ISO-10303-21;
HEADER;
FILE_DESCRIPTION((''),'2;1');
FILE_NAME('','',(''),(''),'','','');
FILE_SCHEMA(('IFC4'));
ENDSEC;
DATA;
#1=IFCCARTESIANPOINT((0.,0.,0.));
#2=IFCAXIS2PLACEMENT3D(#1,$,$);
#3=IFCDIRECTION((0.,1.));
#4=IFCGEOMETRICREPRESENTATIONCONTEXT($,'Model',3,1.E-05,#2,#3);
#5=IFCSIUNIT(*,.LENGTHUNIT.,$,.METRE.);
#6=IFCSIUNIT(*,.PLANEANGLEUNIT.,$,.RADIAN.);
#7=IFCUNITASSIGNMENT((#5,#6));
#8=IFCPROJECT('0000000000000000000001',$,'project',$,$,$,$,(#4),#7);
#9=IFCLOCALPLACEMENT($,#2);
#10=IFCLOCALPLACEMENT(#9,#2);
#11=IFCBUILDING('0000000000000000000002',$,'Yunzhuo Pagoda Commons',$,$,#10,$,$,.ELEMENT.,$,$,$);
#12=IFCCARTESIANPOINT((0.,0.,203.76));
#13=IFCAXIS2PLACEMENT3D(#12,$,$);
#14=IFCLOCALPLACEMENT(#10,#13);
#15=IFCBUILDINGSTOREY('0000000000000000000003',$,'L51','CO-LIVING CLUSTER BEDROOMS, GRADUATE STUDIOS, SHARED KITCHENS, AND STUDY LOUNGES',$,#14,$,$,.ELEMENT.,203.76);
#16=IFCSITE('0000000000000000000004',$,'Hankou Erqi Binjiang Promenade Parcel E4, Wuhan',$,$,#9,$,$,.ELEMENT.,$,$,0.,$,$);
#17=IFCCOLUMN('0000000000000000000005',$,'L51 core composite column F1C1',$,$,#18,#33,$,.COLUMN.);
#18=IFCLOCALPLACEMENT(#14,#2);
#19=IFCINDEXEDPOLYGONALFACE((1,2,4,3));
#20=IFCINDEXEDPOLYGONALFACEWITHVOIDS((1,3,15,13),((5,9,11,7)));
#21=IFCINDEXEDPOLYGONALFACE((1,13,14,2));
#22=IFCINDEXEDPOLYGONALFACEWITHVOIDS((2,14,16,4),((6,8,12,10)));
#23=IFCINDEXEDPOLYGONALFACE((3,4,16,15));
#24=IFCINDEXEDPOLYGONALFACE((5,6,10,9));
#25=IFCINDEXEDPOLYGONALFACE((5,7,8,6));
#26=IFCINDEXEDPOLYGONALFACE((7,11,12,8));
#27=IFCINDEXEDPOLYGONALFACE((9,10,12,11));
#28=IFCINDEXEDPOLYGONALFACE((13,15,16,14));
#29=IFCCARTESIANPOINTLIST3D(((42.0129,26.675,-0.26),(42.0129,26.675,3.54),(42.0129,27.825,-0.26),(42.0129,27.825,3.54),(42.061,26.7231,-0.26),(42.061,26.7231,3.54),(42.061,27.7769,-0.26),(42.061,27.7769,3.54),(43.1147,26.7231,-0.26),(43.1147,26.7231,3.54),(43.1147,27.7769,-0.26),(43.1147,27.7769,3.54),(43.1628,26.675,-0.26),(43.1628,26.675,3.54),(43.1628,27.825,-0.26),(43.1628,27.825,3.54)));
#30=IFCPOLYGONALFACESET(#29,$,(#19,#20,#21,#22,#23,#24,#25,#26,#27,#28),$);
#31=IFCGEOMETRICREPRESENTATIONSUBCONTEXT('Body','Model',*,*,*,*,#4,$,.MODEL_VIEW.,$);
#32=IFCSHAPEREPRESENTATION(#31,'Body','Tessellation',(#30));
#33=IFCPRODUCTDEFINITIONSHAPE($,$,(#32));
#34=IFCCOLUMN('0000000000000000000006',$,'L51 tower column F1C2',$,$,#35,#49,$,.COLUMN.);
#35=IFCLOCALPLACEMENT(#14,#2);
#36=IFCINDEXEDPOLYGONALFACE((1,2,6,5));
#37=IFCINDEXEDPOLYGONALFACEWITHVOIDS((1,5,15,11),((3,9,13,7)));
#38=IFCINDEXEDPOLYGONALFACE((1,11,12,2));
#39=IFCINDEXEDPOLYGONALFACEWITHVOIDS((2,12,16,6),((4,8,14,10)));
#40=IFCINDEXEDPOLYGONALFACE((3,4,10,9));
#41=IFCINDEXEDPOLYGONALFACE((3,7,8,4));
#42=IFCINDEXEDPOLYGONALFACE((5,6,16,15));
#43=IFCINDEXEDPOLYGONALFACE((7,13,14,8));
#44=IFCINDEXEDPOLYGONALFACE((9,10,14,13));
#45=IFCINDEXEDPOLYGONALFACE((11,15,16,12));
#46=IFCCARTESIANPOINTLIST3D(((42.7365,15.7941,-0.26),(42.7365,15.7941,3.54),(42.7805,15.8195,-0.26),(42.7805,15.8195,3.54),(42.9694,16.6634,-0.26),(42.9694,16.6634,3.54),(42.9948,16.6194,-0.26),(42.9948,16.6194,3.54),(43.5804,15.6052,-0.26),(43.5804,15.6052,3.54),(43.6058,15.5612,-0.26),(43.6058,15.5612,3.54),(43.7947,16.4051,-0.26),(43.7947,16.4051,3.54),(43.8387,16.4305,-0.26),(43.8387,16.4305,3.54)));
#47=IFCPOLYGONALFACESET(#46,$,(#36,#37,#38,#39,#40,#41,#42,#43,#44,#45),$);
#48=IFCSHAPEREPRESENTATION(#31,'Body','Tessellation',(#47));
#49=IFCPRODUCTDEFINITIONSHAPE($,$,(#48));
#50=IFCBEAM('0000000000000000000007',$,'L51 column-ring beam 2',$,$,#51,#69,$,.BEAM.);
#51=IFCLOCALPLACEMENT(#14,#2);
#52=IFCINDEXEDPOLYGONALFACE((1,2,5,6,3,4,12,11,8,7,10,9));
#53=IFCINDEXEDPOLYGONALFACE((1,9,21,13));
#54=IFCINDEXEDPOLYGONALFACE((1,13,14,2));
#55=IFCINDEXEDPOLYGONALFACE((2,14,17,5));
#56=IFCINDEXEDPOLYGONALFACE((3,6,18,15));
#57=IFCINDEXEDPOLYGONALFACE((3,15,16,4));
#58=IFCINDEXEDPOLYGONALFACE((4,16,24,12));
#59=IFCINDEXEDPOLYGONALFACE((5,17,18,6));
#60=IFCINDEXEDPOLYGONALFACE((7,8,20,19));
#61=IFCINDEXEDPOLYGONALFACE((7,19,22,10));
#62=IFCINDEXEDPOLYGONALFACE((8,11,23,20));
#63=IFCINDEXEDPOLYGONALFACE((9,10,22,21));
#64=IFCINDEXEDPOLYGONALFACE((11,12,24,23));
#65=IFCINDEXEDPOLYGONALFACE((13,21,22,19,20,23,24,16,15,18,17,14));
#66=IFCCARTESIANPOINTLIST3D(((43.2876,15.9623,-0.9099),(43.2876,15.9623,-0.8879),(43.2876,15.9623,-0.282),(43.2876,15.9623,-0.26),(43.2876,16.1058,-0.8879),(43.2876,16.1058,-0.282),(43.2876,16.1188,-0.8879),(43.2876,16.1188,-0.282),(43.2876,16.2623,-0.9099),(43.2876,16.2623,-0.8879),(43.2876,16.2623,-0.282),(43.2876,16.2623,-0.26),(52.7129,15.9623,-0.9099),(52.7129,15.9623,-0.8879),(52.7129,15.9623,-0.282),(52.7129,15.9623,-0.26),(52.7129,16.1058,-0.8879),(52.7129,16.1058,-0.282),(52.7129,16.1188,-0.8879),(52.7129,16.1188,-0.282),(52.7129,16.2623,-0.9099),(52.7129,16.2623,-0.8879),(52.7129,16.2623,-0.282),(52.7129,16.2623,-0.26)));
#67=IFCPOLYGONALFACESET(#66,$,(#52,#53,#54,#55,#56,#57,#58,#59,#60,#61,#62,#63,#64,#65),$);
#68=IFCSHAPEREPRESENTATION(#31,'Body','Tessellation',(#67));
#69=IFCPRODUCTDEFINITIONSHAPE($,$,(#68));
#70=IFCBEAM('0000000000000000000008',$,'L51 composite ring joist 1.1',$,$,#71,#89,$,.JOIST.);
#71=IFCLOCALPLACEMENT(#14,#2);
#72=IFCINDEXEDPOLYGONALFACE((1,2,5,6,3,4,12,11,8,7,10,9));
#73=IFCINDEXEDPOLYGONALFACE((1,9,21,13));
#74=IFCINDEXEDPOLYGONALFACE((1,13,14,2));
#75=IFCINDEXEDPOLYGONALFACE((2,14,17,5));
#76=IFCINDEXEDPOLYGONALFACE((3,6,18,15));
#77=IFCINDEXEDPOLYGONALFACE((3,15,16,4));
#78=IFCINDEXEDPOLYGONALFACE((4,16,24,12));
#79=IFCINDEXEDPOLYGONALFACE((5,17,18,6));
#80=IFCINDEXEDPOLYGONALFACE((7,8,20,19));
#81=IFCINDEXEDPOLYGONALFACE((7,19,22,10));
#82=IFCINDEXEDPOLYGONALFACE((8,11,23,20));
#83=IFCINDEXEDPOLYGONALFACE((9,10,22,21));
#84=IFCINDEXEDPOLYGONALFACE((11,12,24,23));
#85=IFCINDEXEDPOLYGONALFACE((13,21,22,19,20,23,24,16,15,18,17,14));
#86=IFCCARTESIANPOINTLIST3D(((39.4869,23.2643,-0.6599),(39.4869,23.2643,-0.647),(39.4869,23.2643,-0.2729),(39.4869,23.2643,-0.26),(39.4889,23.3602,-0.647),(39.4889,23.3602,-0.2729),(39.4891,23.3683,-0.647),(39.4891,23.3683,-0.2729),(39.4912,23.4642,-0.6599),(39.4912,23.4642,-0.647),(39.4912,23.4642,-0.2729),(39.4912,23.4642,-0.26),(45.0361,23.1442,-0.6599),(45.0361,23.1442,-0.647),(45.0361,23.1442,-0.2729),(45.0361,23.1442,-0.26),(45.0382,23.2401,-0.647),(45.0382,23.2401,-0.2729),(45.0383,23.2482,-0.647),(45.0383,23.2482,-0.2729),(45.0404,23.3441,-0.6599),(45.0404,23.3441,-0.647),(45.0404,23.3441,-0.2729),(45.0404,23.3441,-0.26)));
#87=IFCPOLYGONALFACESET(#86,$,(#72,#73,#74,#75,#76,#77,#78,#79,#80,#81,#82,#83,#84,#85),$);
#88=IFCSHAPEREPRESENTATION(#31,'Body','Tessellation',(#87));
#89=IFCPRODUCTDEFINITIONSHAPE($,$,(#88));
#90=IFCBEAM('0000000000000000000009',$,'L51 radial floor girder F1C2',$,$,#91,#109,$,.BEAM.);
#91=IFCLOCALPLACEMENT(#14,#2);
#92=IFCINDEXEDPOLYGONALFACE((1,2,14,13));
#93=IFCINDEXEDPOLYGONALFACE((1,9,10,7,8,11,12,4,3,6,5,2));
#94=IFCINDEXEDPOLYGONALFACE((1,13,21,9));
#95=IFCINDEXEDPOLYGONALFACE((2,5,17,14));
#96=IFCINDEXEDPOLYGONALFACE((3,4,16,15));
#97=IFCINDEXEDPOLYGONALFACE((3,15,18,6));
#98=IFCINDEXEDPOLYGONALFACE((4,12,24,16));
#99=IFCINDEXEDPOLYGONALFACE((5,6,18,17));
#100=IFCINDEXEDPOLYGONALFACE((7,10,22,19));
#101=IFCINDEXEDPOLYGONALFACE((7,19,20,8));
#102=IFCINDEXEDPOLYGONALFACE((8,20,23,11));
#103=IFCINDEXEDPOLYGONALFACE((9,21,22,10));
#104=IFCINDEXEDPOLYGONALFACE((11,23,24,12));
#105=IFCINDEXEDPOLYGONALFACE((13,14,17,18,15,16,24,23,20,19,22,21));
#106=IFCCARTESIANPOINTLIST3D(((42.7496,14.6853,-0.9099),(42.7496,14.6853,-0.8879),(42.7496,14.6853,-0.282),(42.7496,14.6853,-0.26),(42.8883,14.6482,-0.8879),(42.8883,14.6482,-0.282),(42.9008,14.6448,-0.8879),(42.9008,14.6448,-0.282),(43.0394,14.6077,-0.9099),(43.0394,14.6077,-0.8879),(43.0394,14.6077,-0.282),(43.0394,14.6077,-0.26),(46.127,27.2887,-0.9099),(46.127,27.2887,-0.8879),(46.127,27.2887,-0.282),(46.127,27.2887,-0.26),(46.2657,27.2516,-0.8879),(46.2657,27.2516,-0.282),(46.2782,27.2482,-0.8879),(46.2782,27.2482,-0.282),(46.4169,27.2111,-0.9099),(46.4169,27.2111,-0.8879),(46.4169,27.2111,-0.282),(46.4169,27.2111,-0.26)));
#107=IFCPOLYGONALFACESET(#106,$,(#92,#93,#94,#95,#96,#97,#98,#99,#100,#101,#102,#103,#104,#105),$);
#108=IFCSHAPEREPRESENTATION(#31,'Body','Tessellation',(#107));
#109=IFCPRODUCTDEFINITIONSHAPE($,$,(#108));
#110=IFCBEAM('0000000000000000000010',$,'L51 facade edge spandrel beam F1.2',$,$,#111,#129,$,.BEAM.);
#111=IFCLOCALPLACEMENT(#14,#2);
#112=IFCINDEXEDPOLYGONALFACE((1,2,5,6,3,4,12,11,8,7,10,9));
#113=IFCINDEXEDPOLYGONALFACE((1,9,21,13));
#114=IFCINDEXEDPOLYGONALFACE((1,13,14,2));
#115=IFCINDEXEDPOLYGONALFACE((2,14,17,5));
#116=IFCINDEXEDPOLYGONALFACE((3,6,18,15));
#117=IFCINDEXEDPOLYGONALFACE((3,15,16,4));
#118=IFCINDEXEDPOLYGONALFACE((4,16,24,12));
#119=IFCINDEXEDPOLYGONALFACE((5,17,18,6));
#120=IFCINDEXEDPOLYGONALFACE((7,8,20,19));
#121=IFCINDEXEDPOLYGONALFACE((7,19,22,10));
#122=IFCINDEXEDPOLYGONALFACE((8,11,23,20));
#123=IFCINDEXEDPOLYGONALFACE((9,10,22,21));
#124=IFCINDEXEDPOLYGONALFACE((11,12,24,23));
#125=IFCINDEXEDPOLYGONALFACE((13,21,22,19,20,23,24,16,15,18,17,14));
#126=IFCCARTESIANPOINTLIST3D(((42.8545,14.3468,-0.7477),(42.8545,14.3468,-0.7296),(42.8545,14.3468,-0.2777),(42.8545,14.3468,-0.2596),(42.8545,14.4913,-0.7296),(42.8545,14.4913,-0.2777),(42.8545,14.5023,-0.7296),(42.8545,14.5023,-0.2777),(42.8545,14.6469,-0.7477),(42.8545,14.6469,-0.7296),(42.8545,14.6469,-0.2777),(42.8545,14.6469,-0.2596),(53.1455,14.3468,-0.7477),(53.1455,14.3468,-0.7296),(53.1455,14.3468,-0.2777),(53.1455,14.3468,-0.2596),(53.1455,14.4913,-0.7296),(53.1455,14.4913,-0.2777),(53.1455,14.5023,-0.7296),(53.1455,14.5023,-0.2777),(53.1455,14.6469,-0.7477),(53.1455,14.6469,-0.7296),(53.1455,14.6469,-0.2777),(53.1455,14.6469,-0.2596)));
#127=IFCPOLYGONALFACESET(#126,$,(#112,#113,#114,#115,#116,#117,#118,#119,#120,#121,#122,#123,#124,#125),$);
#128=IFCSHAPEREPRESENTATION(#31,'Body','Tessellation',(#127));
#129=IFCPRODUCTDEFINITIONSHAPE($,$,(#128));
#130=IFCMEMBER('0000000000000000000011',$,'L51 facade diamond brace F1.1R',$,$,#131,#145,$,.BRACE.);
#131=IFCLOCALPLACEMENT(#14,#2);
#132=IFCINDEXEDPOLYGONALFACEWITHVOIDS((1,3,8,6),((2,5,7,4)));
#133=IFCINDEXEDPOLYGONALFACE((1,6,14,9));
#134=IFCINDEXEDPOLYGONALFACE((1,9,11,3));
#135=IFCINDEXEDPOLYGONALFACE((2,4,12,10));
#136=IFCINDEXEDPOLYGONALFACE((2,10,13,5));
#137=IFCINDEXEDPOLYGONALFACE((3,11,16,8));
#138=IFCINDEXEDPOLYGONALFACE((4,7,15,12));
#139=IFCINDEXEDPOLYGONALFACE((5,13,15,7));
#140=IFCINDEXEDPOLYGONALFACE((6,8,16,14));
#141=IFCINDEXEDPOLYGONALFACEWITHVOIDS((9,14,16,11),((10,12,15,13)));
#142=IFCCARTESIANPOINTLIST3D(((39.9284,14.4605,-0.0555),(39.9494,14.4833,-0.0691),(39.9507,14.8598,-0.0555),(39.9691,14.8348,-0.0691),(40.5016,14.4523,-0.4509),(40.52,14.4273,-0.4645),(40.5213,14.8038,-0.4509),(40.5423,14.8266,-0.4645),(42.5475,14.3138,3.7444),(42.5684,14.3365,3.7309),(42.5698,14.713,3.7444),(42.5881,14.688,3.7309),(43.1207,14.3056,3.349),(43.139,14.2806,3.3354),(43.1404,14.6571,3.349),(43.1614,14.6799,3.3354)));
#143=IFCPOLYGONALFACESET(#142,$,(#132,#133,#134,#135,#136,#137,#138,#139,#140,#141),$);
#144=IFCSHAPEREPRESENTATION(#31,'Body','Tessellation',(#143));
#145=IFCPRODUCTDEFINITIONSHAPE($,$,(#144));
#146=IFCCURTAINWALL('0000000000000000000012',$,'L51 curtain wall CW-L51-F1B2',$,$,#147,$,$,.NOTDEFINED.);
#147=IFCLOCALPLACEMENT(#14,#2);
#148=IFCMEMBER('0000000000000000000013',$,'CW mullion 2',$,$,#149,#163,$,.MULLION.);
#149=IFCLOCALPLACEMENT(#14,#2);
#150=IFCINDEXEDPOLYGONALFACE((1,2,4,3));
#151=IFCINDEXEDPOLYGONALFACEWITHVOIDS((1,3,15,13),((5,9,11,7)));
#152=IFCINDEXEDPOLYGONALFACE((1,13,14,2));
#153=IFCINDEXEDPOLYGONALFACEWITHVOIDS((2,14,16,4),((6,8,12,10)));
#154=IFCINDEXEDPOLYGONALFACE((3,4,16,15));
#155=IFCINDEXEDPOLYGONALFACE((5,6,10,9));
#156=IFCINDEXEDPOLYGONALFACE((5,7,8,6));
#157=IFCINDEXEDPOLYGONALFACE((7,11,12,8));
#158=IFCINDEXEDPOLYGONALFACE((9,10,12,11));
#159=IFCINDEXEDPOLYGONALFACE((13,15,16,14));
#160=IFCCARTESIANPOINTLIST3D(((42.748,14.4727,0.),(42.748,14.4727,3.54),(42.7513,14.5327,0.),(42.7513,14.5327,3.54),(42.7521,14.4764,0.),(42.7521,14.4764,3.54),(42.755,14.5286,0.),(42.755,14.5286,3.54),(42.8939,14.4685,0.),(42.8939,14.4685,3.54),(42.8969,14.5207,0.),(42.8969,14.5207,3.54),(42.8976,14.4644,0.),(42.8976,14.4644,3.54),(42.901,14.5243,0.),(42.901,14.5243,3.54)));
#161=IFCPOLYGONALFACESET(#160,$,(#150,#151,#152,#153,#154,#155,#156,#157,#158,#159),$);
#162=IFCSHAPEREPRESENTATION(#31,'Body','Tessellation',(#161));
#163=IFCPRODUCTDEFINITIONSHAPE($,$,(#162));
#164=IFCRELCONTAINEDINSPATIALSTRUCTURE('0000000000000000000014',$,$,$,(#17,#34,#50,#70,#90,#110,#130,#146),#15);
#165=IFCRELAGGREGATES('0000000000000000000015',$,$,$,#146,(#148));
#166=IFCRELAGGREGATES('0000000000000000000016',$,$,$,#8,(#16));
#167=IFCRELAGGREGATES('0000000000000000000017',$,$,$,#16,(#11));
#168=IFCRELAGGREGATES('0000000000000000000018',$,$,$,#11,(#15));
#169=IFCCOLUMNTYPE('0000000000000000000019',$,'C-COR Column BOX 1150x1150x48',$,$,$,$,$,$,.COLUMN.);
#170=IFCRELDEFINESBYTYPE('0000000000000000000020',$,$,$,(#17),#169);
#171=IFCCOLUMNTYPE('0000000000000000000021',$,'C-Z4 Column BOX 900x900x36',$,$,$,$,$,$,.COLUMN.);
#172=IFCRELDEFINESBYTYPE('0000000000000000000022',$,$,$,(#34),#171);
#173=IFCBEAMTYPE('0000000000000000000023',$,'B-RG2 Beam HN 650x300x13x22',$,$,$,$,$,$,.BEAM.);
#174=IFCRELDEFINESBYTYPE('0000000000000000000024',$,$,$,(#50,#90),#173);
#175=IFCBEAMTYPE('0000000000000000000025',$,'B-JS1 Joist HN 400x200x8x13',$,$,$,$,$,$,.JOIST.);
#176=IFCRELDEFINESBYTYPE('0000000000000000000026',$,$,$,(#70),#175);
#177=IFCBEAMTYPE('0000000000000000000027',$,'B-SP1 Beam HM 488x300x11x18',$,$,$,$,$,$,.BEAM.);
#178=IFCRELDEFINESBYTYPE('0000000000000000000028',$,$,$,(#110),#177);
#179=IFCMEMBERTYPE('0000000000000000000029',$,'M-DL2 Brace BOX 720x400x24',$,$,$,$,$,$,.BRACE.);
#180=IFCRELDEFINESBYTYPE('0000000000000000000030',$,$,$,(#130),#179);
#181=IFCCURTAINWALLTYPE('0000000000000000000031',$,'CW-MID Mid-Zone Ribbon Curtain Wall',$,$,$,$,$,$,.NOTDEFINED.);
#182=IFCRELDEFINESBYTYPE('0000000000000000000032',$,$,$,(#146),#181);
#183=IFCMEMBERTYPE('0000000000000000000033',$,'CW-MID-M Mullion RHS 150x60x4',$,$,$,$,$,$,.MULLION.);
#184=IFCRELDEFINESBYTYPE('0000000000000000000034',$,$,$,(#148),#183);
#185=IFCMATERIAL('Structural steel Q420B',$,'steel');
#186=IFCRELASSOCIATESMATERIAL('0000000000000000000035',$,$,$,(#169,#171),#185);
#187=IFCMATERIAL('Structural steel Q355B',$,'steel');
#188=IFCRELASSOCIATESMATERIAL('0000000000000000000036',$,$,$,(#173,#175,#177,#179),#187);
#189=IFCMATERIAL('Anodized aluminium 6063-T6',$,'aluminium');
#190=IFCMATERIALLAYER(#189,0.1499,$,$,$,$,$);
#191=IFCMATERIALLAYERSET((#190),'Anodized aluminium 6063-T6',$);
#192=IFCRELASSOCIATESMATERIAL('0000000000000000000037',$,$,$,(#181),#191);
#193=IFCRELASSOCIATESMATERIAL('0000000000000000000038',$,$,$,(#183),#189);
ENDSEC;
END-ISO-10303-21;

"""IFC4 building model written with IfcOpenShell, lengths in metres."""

from ifc_helpers import new_model, si_unit, direction, frame, origin, origin_2d, place, context, subcontext, project, spatial, hollow_rectangle, i_section, extrude, source, transform, mapped, material, layer, layer_set, material_profile, profile_set, type_object, element, aggregate, save


model = new_model("IFC4")

# Units and contexts
model_context = context("Model", 3, precision=1e-05, world=origin(), true_north=direction((0.0, 1.0)))
body_context = subcontext(model_context, "Body", "Model", "MODEL_VIEW")
ifc_project = project(units=[si_unit("LENGTHUNIT", "METRE"), si_unit("PLANEANGLEUNIT", "RADIAN")], contexts=[model_context])

# Site, building, storey
site_placement = place(None, origin())
site = spatial("IfcSite", under=ifc_project, at=site_placement, Name="Hankou Erqi Binjiang Promenade Parcel E4, Wuhan", CompositionType="ELEMENT", RefElevation=0.0)
building_placement = place(site_placement, origin())
building = spatial("IfcBuilding", under=site, at=building_placement, Name="Yunzhuo Pagoda Commons", CompositionType="ELEMENT")
storey_placement = place(building_placement, frame((0.0, 0.0, 203.76)))
storey = spatial("IfcBuildingStorey", under=building, at=storey_placement, Name="L51", Description="CO-LIVING CLUSTER BEDROOMS, GRADUATE STUDIOS, SHARED KITCHENS, AND STUDY LOUNGES", CompositionType="ELEMENT", Elevation=203.76)

# Columns
ifc_material_1 = material(Name="Structural steel Q420B", Category="steel")
ifc_material_profile_1 = material_profile(ifc_material_1, hollow_rectangle(XDim=1.1499, YDim=1.1499, WallThickness=0.0481, at=origin_2d()), Name="Structural steel Q420B")
ifc_profile_set_1 = profile_set([ifc_material_profile_1], Name="Structural steel Q420B")
column_type_1 = type_object("IfcColumnType", Name="C-COR Column BOX 1150x1150x48", PredefinedType="COLUMN", material=ifc_profile_set_1)
shared_shape_1 = source(origin(), body_context, "Body", "SweptSolid", [
    extrude(hollow_rectangle(XDim=1.1499, YDim=1.1499, WallThickness=0.0481, at=origin_2d()), origin(), (0.0, 0.0, 1.0), 3.8),
])
column_1_placement = place(storey_placement, frame((42.5879, 27.25, -0.26), z_axis=(0.0, 0.0, 1.0), x_axis=(1.0, 0.0, 0.0)))
element("IfcColumn", 1, at=column_1_placement, inside=storey, type_object=column_type_1, Name="L51 core composite column F1C1", PredefinedType="COLUMN", context=body_context, shape_type="MappedRepresentation", body=[
    mapped(shared_shape_1, transform((0.0, 0.0, 0.0), scale=1.0)),
])
ifc_material_profile_2 = material_profile(ifc_material_1, hollow_rectangle(XDim=0.8999, YDim=0.8999, WallThickness=0.0359, at=origin_2d()), Name="Structural steel Q420B")
ifc_profile_set_2 = profile_set([ifc_material_profile_2], Name="Structural steel Q420B")
column_type_2 = type_object("IfcColumnType", Name="C-Z4 Column BOX 900x900x36", PredefinedType="COLUMN", material=ifc_profile_set_2)
shared_shape_2 = source(origin(), body_context, "Body", "SweptSolid", [
    extrude(hollow_rectangle(XDim=0.8999, YDim=0.8999, WallThickness=0.0359, at=origin_2d()), origin(), (0.0, 0.0, 1.0), 3.8),
])
column_2_placement = place(storey_placement, frame((43.2876, 16.1123, -0.26), z_axis=(0.0, 0.0, 1.0), x_axis=(0.965926, -0.258819, 0.0)))
element("IfcColumn", 2, at=column_2_placement, inside=storey, type_object=column_type_2, Name="L51 tower column F1C2", PredefinedType="COLUMN", context=body_context, shape_type="MappedRepresentation", body=[
    mapped(shared_shape_2, transform((0.0, 0.0, 0.0), scale=1.0)),
])

# Beams
ifc_material_2 = material(Name="Structural steel Q355B", Category="steel")
ifc_material_profile_3 = material_profile(ifc_material_2, i_section(OverallWidth=0.3, OverallDepth=0.6499, WebThickness=0.0129, FlangeThickness=0.022, at=origin_2d()), Name="Structural steel Q355B")
ifc_profile_set_3 = profile_set([ifc_material_profile_3], Name="Structural steel Q355B")
beam_type_1 = type_object("IfcBeamType", Name="B-RG2 Beam HN 650x300x13x22", PredefinedType="BEAM", material=ifc_profile_set_3)
shared_shape_3 = source(origin(), body_context, "Body", "SweptSolid", [
    extrude(i_section(OverallWidth=0.3, OverallDepth=0.6499, WebThickness=0.0129, FlangeThickness=0.022, at=origin_2d()), origin(), (0.0, 0.0, 1.0), 9.4253),
])
beam_1_placement = place(storey_placement, frame((43.2876, 16.1123, -0.585), z_axis=(1.0, 0.0, 0.0), x_axis=(0.0, 1.0, 0.0)))
element("IfcBeam", 3, at=beam_1_placement, inside=storey, type_object=beam_type_1, Name="L51 column-ring beam 2", PredefinedType="BEAM", context=body_context, shape_type="MappedRepresentation", body=[
    mapped(shared_shape_3, transform((0.0, 0.0, 0.0), scale=1.0)),
])
ifc_material_profile_4 = material_profile(ifc_material_2, i_section(OverallWidth=0.2, OverallDepth=0.3999, WebThickness=0.0081, FlangeThickness=0.0129, at=origin_2d()), Name="Structural steel Q355B")
ifc_profile_set_4 = profile_set([ifc_material_profile_4], Name="Structural steel Q355B")
beam_type_2 = type_object("IfcBeamType", Name="B-JS1 Joist HN 400x200x8x13", PredefinedType="JOIST", material=ifc_profile_set_4)
shared_shape_4 = source(origin(), body_context, "Body", "SweptSolid", [
    extrude(i_section(OverallWidth=0.2, OverallDepth=0.3999, WebThickness=0.0081, FlangeThickness=0.0129, at=origin_2d()), origin(), (0.0, 0.0, 1.0), 5.5505),
])
beam_2_placement = place(storey_placement, frame((39.489, 23.3643, -0.46), z_axis=(0.999766, -0.02164, 0.0), x_axis=(0.02164, 0.999766, 0.0)))
element("IfcBeam", 4, at=beam_2_placement, inside=storey, type_object=beam_type_2, Name="L51 composite ring joist 1.1", PredefinedType="JOIST", context=body_context, shape_type="MappedRepresentation", body=[
    mapped(shared_shape_4, transform((0.0, 0.0, 0.0), scale=1.0)),
])
shared_shape_5 = source(origin(), body_context, "Body", "SweptSolid", [
    extrude(i_section(OverallWidth=0.3, OverallDepth=0.6499, WebThickness=0.0129, FlangeThickness=0.022, at=origin_2d()), origin(), (0.0, 0.0, 1.0), 13.0481),
])
beam_3_placement = place(storey_placement, frame((42.8945, 14.6465, -0.585), z_axis=(0.258843, 0.965919, 0.0), x_axis=(-0.965919, 0.258843, 0.0)))
element("IfcBeam", 5, at=beam_3_placement, inside=storey, type_object=beam_type_1, Name="L51 radial floor girder F1C2", PredefinedType="BEAM", context=body_context, shape_type="MappedRepresentation", body=[
    mapped(shared_shape_5, transform((0.0, 0.0, 0.0), scale=1.0)),
])
ifc_material_profile_5 = material_profile(ifc_material_2, i_section(OverallWidth=0.3, OverallDepth=0.488, WebThickness=0.011, FlangeThickness=0.0181, at=origin_2d()), Name="Structural steel Q355B")
ifc_profile_set_5 = profile_set([ifc_material_profile_5], Name="Structural steel Q355B")
beam_type_3 = type_object("IfcBeamType", Name="B-SP1 Beam HM 488x300x11x18", PredefinedType="BEAM", material=ifc_profile_set_5)
shared_shape_6 = source(origin(), body_context, "Body", "SweptSolid", [
    extrude(i_section(OverallWidth=0.3, OverallDepth=0.488, WebThickness=0.011, FlangeThickness=0.0181, at=origin_2d()), origin(), (0.0, 0.0, 1.0), 10.291),
])
beam_4_placement = place(storey_placement, frame((42.8545, 14.4968, -0.5037), z_axis=(1.0, 0.0, 0.0), x_axis=(0.0, 1.0, 0.0)))
element("IfcBeam", 6, at=beam_4_placement, inside=storey, type_object=beam_type_3, Name="L51 facade edge spandrel beam F1.2", PredefinedType="BEAM", context=body_context, shape_type="MappedRepresentation", body=[
    mapped(shared_shape_6, transform((0.0, 0.0, 0.0), scale=1.0)),
])

# Member
ifc_material_profile_6 = material_profile(ifc_material_2, hollow_rectangle(XDim=0.3999, YDim=0.72, WallThickness=0.0239, at=origin_2d()), Name="Structural steel Q355B")
ifc_profile_set_6 = profile_set([ifc_material_profile_6], Name="Structural steel Q355B")
member_type_1 = type_object("IfcMemberType", Name="M-DL2 Brace BOX 720x400x24", PredefinedType="BRACE", material=ifc_profile_set_6)
shared_shape_7 = source(origin(), body_context, "Body", "SweptSolid", [
    extrude(hollow_rectangle(XDim=0.3999, YDim=0.72, WallThickness=0.0239, at=origin_2d()), origin(), (0.0, 0.0, 1.0), 4.6174),
])
member_1_placement = place(storey_placement, frame((40.2354, 14.6436, -0.26), z_axis=(0.567214, -0.031776, 0.822957), x_axis=(0.055934, 0.998434, 0.0)))
element("IfcMember", 7, at=member_1_placement, inside=storey, type_object=member_type_1, Name="L51 facade diamond brace F1.1R", PredefinedType="BRACE", context=body_context, shape_type="MappedRepresentation", body=[
    mapped(shared_shape_7, transform((0.0, 0.0, 0.0), scale=1.0)),
])

# Curtain wall, member
ifc_material_3 = material(Name="Anodized aluminium 6063-T6", Category="aluminium")
ifc_layer_1 = layer(ifc_material_3, 0.1499)
ifc_layer_set_1 = layer_set([ifc_layer_1], Name="Anodized aluminium 6063-T6")
curtain_wall_type = type_object("IfcCurtainWallType", Name="CW-MID Mid-Zone Ribbon Curtain Wall", PredefinedType="NOTDEFINED", material=ifc_layer_set_1)
curtain_wall_1_placement = place(storey_placement, origin())
curtain_wall_1 = element("IfcCurtainWall", 8, at=curtain_wall_1_placement, inside=storey, type_object=curtain_wall_type, Name="L51 curtain wall CW-L51-F1B2", PredefinedType="NOTDEFINED")
ifc_material_profile_7 = material_profile(ifc_material_3, hollow_rectangle(XDim=0.0601, YDim=0.1499, WallThickness=0.0039, at=origin_2d()), Name="Anodized aluminium 6063-T6")
ifc_profile_set_7 = profile_set([ifc_material_profile_7], Name="Anodized aluminium 6063-T6")
member_type_2 = type_object("IfcMemberType", Name="CW-MID-M Mullion RHS 150x60x4", PredefinedType="MULLION", material=ifc_profile_set_7)
shared_shape_8 = source(origin(), body_context, "Body", "SweptSolid", [
    extrude(hollow_rectangle(XDim=0.0601, YDim=0.1499, WallThickness=0.0039, at=origin_2d()), origin(), (0.0, 0.0, 1.0), 3.54),
])
member_2_placement = place(storey_placement, frame((42.8245, 14.4985, 0.0), z_axis=(0.0, 0.0, 1.0), x_axis=(0.055819, 0.998441, 0.0)))
member_2 = element("IfcMember", 9, at=member_2_placement, type_object=member_type_2, Name="CW mullion 2", PredefinedType="MULLION", context=body_context, shape_type="MappedRepresentation", body=[
    mapped(shared_shape_8, transform((0.0, 0.0, 0.0), scale=1.0)),
])

aggregate(curtain_wall_1, [member_2])

save(model, "model.ifc")
